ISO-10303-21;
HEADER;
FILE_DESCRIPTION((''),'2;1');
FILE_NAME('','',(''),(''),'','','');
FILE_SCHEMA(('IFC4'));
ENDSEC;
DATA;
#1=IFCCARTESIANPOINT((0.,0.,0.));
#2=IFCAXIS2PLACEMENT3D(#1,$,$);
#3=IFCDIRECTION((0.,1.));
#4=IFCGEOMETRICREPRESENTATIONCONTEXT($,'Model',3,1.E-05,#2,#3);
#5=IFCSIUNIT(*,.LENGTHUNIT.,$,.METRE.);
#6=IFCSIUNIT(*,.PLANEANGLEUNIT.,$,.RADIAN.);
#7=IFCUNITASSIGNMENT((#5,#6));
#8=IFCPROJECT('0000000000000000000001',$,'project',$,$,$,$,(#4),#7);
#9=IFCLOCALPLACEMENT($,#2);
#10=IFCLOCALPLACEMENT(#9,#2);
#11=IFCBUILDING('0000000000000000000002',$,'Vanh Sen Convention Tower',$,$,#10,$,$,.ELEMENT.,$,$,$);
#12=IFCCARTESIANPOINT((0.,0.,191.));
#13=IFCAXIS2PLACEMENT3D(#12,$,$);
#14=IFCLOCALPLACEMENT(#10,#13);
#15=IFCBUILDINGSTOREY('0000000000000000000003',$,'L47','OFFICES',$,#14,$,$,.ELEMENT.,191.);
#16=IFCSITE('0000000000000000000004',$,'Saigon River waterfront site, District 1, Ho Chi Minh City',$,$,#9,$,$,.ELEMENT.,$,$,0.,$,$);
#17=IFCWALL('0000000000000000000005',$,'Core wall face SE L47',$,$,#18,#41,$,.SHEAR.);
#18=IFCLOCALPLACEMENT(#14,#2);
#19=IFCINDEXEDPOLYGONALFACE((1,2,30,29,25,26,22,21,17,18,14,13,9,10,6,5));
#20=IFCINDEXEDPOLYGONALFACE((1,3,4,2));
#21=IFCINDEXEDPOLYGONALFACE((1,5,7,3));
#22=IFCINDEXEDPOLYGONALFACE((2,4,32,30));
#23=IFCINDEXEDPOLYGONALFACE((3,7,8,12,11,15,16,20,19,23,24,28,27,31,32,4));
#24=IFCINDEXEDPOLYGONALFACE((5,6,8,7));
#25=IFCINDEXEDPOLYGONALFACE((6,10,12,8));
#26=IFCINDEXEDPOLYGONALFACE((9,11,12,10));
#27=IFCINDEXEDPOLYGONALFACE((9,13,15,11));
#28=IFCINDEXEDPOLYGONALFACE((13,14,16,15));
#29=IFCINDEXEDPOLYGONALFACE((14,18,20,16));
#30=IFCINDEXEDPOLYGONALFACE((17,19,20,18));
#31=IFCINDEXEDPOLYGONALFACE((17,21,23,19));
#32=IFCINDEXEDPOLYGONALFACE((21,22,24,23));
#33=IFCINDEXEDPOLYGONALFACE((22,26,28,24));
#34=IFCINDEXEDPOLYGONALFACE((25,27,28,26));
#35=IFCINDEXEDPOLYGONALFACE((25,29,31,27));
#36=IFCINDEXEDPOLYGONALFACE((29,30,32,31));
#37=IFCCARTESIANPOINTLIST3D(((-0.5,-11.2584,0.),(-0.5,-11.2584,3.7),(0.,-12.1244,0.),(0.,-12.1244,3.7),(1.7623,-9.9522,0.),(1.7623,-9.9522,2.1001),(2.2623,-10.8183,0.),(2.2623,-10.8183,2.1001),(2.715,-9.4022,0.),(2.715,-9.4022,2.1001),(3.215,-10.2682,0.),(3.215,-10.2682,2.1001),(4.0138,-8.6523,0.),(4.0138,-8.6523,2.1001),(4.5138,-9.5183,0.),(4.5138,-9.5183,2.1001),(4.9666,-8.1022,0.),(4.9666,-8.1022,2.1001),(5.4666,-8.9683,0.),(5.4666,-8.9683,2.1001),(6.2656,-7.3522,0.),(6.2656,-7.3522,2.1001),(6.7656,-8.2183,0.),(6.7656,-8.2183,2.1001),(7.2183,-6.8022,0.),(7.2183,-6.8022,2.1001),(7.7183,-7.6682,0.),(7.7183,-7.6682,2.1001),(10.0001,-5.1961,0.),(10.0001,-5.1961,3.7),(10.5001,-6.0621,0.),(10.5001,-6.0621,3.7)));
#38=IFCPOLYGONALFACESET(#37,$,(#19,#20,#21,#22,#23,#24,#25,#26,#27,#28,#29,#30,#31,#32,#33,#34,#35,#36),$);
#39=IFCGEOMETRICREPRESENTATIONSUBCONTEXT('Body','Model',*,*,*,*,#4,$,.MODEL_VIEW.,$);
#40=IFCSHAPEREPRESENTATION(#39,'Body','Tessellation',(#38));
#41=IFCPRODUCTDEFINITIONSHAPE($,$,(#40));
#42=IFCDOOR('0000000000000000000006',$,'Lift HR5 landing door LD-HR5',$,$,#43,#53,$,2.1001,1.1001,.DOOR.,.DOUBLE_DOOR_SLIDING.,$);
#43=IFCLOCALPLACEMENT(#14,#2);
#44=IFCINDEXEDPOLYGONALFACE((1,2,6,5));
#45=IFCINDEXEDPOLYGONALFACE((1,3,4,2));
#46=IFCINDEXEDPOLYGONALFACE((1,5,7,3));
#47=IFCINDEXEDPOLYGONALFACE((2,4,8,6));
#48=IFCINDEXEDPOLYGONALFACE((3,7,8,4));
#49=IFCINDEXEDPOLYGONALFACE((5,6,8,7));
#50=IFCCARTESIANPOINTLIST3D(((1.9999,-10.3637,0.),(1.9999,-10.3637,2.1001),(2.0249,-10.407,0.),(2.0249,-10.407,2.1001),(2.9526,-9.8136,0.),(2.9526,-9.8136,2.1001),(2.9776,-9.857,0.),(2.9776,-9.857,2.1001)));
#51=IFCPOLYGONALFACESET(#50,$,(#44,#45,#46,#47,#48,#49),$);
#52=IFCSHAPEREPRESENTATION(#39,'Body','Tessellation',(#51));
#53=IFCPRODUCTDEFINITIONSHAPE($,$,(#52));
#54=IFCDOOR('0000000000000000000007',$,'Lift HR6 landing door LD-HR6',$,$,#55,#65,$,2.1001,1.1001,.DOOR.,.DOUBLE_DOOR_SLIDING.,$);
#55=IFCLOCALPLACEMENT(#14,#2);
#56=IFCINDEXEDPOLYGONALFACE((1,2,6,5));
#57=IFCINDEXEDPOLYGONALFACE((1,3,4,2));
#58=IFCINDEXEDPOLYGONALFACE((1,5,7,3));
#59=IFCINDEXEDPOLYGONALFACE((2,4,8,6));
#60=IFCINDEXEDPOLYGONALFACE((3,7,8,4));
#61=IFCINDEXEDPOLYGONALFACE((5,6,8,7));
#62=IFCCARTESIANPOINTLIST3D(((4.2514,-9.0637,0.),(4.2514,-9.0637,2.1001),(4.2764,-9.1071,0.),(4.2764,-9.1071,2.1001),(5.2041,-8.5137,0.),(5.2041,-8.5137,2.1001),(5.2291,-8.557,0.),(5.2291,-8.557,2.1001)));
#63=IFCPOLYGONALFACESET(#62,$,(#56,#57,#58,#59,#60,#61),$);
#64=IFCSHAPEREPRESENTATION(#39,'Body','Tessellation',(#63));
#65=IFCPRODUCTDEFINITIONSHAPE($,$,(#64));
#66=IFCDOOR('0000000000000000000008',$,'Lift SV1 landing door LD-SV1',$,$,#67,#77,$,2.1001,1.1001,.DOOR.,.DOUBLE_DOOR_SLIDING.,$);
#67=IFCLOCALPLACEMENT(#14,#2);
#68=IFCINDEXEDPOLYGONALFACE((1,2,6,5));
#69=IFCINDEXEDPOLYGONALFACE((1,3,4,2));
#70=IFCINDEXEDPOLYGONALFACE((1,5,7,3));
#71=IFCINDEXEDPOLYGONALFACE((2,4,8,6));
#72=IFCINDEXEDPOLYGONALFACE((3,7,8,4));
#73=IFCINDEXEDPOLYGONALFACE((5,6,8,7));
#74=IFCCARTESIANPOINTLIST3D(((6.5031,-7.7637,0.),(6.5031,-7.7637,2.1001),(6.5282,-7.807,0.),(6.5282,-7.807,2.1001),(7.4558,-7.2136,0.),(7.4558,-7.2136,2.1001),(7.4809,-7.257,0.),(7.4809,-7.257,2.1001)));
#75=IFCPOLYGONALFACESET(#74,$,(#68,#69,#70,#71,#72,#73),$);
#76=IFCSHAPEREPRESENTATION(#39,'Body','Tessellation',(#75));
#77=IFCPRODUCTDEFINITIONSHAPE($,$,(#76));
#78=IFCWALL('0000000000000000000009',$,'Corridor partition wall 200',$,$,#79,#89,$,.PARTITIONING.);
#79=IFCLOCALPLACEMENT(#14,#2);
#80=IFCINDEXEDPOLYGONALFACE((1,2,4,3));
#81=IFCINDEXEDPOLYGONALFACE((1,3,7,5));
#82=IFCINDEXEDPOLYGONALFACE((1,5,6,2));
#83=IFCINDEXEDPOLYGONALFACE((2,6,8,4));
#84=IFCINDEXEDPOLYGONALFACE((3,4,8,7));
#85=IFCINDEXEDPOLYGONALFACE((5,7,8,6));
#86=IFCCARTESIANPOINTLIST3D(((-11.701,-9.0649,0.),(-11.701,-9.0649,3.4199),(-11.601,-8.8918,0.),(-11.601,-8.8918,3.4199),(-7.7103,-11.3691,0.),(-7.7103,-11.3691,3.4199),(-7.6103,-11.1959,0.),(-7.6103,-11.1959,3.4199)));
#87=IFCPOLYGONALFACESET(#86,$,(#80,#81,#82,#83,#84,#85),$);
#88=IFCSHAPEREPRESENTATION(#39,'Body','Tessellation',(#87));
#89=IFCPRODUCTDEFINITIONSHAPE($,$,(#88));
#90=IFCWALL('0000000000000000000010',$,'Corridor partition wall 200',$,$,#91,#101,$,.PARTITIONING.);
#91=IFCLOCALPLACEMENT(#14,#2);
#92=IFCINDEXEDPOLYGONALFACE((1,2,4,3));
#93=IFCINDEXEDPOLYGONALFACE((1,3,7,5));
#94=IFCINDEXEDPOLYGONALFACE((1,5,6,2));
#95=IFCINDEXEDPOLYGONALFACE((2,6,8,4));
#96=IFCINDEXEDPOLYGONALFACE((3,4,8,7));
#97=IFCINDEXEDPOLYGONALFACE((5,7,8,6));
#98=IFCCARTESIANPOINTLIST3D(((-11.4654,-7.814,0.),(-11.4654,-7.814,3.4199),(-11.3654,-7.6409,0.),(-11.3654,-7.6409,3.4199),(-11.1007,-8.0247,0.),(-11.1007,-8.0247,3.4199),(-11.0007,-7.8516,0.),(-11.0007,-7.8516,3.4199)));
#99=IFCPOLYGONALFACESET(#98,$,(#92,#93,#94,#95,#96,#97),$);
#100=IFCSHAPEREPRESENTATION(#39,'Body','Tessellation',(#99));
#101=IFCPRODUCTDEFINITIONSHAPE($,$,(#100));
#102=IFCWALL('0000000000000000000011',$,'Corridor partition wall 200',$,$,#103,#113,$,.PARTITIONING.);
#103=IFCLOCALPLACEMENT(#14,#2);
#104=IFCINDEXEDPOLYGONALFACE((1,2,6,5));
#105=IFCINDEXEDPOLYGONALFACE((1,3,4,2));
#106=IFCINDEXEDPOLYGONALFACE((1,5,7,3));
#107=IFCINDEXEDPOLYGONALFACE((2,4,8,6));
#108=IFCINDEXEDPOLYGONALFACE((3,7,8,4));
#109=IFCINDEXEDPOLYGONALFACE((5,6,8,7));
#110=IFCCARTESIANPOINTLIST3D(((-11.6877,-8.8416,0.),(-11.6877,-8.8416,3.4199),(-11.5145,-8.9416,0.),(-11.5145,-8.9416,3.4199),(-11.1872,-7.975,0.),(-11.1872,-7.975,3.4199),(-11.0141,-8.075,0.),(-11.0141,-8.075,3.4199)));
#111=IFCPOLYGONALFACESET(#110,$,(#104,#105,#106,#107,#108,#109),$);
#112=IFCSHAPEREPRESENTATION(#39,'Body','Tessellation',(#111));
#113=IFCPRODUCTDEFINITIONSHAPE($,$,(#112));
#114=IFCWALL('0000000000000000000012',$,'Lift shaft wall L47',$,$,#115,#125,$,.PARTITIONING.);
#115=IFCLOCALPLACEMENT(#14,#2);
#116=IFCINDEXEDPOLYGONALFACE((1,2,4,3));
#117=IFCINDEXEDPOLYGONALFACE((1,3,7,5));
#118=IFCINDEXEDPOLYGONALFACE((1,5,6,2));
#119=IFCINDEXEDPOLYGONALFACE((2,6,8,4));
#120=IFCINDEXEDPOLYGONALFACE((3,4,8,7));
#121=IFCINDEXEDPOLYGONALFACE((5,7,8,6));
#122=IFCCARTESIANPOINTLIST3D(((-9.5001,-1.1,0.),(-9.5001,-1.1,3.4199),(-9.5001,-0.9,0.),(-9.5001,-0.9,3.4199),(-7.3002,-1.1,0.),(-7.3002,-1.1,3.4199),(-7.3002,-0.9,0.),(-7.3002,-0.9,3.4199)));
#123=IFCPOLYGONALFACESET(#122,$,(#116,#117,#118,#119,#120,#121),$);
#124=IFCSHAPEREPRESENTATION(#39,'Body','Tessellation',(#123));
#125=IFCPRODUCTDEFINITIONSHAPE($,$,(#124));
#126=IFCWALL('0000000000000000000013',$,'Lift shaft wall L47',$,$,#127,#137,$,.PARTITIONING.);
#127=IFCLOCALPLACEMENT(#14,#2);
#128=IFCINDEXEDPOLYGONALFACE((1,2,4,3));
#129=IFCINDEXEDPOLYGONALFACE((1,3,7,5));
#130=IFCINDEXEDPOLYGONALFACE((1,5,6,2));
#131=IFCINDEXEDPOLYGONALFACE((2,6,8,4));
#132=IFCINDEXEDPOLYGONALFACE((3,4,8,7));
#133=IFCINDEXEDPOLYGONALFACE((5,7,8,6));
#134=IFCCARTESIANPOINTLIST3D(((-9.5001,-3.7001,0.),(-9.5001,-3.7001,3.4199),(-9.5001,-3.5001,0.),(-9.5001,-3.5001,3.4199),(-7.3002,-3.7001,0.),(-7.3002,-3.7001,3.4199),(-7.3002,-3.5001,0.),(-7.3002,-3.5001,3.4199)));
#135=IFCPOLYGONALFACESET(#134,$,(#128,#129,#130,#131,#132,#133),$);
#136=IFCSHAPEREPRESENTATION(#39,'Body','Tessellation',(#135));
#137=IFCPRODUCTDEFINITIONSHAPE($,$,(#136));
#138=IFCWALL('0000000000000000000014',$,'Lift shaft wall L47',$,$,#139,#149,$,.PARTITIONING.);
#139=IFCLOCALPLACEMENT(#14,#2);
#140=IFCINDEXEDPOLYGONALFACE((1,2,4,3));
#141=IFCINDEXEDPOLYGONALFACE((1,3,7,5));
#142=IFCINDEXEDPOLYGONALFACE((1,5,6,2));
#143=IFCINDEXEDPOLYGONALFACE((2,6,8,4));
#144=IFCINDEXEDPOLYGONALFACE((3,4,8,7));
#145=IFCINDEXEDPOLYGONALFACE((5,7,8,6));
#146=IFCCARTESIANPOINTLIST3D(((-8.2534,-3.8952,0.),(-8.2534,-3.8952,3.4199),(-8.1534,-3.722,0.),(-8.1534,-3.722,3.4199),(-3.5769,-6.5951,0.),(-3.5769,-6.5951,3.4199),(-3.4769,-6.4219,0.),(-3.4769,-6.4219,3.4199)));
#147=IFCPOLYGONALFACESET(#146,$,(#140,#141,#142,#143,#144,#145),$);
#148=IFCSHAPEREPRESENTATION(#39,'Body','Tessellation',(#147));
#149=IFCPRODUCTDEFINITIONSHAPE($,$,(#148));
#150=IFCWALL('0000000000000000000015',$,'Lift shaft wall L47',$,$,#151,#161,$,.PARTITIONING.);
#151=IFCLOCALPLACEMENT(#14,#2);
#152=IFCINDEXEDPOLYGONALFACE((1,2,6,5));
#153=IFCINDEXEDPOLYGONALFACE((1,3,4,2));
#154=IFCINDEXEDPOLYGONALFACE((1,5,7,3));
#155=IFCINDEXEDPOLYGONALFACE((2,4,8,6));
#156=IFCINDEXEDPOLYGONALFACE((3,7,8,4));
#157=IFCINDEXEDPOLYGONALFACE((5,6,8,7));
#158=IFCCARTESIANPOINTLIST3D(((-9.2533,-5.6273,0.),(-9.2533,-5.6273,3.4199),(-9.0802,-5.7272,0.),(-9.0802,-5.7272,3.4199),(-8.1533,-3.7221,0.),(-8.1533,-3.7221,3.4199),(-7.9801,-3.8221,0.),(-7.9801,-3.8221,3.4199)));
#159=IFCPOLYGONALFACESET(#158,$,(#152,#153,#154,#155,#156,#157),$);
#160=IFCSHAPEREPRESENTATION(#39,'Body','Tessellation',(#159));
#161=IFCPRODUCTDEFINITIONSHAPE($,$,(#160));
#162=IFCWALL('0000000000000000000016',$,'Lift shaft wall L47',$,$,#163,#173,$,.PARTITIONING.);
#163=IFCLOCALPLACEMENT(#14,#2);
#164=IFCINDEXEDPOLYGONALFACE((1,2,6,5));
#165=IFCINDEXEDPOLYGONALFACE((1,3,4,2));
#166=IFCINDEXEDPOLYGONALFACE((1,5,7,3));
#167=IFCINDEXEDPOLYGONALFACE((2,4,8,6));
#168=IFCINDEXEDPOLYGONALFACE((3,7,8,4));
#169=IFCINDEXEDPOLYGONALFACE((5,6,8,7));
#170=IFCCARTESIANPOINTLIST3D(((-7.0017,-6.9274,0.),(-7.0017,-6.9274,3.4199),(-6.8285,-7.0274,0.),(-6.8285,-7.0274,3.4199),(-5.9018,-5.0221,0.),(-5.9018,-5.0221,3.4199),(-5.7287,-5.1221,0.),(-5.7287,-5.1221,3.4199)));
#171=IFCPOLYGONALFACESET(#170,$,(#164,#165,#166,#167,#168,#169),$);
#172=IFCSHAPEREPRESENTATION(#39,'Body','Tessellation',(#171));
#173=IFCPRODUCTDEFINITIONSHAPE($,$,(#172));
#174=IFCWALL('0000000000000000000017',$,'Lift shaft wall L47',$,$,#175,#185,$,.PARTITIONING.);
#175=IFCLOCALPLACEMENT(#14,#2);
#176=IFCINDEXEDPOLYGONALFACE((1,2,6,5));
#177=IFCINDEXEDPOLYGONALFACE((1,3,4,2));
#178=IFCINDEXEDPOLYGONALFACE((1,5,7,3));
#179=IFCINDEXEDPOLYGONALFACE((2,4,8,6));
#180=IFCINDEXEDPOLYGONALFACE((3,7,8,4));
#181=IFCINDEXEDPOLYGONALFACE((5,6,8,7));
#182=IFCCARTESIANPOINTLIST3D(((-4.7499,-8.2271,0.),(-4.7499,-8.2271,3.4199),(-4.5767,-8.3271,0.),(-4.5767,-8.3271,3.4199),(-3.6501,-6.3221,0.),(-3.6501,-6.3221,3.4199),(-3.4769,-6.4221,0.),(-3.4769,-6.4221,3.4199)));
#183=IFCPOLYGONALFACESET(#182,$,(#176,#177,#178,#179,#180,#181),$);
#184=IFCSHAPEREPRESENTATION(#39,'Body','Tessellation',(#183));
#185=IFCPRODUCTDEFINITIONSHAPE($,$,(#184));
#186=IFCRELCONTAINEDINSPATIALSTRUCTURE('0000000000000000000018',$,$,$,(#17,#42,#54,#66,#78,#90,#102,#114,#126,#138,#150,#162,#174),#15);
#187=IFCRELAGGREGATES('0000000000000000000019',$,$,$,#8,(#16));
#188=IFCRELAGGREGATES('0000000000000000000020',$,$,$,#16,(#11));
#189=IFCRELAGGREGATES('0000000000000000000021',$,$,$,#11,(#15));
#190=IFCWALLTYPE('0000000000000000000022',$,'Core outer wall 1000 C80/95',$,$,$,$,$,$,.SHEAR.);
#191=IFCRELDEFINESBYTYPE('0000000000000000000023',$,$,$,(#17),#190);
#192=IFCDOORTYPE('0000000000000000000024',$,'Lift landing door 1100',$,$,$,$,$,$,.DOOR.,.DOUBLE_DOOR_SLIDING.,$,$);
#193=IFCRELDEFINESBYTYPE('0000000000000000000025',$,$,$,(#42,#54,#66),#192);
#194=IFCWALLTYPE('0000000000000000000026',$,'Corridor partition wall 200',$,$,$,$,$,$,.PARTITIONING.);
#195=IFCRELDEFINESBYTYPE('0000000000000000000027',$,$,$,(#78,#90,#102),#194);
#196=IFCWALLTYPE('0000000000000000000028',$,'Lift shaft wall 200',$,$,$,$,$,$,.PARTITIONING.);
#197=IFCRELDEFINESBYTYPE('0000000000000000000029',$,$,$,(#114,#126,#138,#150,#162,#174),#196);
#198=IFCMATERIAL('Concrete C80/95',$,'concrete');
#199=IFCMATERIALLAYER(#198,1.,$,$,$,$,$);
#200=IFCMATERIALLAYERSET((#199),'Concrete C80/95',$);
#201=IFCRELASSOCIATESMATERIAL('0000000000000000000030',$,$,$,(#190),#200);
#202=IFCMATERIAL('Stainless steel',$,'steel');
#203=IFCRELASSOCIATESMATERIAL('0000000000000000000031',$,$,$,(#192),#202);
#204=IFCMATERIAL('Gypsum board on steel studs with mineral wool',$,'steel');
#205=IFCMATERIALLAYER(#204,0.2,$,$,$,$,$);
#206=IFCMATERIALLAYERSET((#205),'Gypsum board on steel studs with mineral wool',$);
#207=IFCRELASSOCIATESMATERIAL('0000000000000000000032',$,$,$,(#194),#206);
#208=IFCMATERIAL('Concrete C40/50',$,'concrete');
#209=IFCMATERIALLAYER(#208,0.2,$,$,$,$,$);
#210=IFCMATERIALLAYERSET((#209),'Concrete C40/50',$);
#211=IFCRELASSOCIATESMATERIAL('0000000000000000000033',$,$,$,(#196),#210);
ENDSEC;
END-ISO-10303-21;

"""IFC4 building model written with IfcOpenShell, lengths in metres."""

from ifc_helpers import new_model, si_unit, direction, frame, frame_2d, origin, place, context, subcontext, project, spatial, rectangle, extrude, material, layer, layer_set, type_object, element, fill, save


model = new_model("IFC4")

# Units and contexts
model_context = context("Model", 3, precision=1e-05, world=origin(), true_north=direction((0.0, 1.0)))
body_context = subcontext(model_context, "Body", "Model", "MODEL_VIEW")
ifc_project = project(units=[si_unit("LENGTHUNIT", "METRE"), si_unit("PLANEANGLEUNIT", "RADIAN")], contexts=[model_context])

# Site, building, storey
site_placement = place(None, origin())
site = spatial("IfcSite", under=ifc_project, at=site_placement, Name="Saigon River waterfront site, District 1, Ho Chi Minh City", CompositionType="ELEMENT", RefElevation=0.0)
building_placement = place(site_placement, origin())
building = spatial("IfcBuilding", under=site, at=building_placement, Name="Vanh Sen Convention Tower", CompositionType="ELEMENT")
storey_placement = place(building_placement, frame((0.0, 0.0, 191.0)))
storey = spatial("IfcBuildingStorey", under=building, at=storey_placement, Name="L47", Description="OFFICES", CompositionType="ELEMENT", Elevation=191.0)

# Shared definitions
ifc_material_1 = material(Name="Concrete C40/50", Category="concrete")

# Wall, openings, doors
ifc_material_2 = material(Name="Concrete C80/95", Category="concrete")
ifc_layer_1 = layer(ifc_material_2, 1.0)
ifc_layer_set_1 = layer_set([ifc_layer_1], Name="Concrete C80/95")
wall_type_1 = type_object("IfcWallType", Name="Core outer wall 1000 C80/95", PredefinedType="SHEAR", material=ifc_layer_set_1)
ifc_material_3 = material(Name="Stainless steel", Category="steel")
door_type_1 = type_object("IfcDoorType", Name="Lift landing door 1100", OperationType="DOUBLE_DOOR_SLIDING", PredefinedType="DOOR", material=ifc_material_3)
wall_1_placement = place(storey_placement, frame((-0.25, -11.6914, 0.0), z_axis=(0.0, 0.0, 1.0), x_axis=(0.866023, 0.500005, 0.0)))
wall_1 = element("IfcWall", 1, at=wall_1_placement, inside=storey, type_object=wall_type_1, Name="Core wall face SE L47", PredefinedType="SHEAR", context=body_context, shape_type="SweptSolid", body=[
    extrude(rectangle(XDim=12.1245, YDim=1.0, at=frame_2d((6.0623, 0.0))), origin(), (0.0, 0.0, 1.0), 3.7),
])
opening_1_placement = place(wall_1_placement, frame((2.6123, 0.0, 0.0)))
opening_1 = element("IfcOpeningElement", 2, at=opening_1_placement, cuts=wall_1, PredefinedType="OPENING", context=body_context, shape_type="SweptSolid", body=[
    extrude(rectangle(XDim=1.1001, YDim=2.1001, at=frame_2d((0.55, 1.05))), frame((0.0, 0.51, 0.0), z_axis=(0.0, -1.0, 0.0), x_axis=(1.0, 0.0, 0.0)), (0.0, 0.0, 1.0), 1.02),
])
opening_2_placement = place(wall_1_placement, frame((5.2122, 0.0, 0.0)))
opening_2 = element("IfcOpeningElement", 3, at=opening_2_placement, cuts=wall_1, PredefinedType="OPENING", context=body_context, shape_type="SweptSolid", body=[
    extrude(rectangle(XDim=1.1001, YDim=2.1001, at=frame_2d((0.55, 1.05))), frame((0.0, 0.51, 0.0), z_axis=(0.0, -1.0, 0.0), x_axis=(1.0, 0.0, 0.0)), (0.0, 0.0, 1.0), 1.02),
])
opening_3_placement = place(wall_1_placement, frame((7.8123, 0.0, 0.0)))
opening_3 = element("IfcOpeningElement", 4, at=opening_3_placement, cuts=wall_1, PredefinedType="OPENING", context=body_context, shape_type="SweptSolid", body=[
    extrude(rectangle(XDim=1.1001, YDim=2.1001, at=frame_2d((0.55, 1.05))), frame((0.0, 0.51, 0.0), z_axis=(0.0, -1.0, 0.0), x_axis=(1.0, 0.0, 0.0)), (0.0, 0.0, 1.0), 1.02),
])
door_1_placement = place(opening_1_placement, origin())
door_1 = element("IfcDoor", 5, at=door_1_placement, inside=storey, type_object=door_type_1, Name="Lift HR5 landing door LD-HR5", OperationType="DOUBLE_DOOR_SLIDING", OverallHeight=2.1001, OverallWidth=1.1001, PredefinedType="DOOR", context=body_context, shape_type="SweptSolid", body=[
    extrude(rectangle(XDim=1.1001, YDim=2.1001, at=frame_2d((0.55, 1.05))), frame((0.0, 0.0249, 0.0), z_axis=(0.0, -1.0, 0.0), x_axis=(1.0, 0.0, 0.0)), (0.0, 0.0, 1.0), 0.05),
])
fill(opening_1, door_1)
door_2_placement = place(opening_2_placement, origin())
door_2 = element("IfcDoor", 6, at=door_2_placement, inside=storey, type_object=door_type_1, Name="Lift HR6 landing door LD-HR6", OperationType="DOUBLE_DOOR_SLIDING", OverallHeight=2.1001, OverallWidth=1.1001, PredefinedType="DOOR", context=body_context, shape_type="SweptSolid", body=[
    extrude(rectangle(XDim=1.1001, YDim=2.1001, at=frame_2d((0.55, 1.05))), frame((0.0, 0.0249, 0.0), z_axis=(0.0, -1.0, 0.0), x_axis=(1.0, 0.0, 0.0)), (0.0, 0.0, 1.0), 0.05),
])
fill(opening_2, door_2)
door_3_placement = place(opening_3_placement, origin())
door_3 = element("IfcDoor", 7, at=door_3_placement, inside=storey, type_object=door_type_1, Name="Lift SV1 landing door LD-SV1", OperationType="DOUBLE_DOOR_SLIDING", OverallHeight=2.1001, OverallWidth=1.1001, PredefinedType="DOOR", context=body_context, shape_type="SweptSolid", body=[
    extrude(rectangle(XDim=1.1001, YDim=2.1001, at=frame_2d((0.55, 1.05))), frame((0.0, 0.0249, 0.0), z_axis=(0.0, -1.0, 0.0), x_axis=(1.0, 0.0, 0.0)), (0.0, 0.0, 1.0), 0.05),
])
fill(opening_3, door_3)

# Walls
ifc_material_4 = material(Name="Gypsum board on steel studs with mineral wool", Category="steel")
ifc_layer_2 = layer(ifc_material_4, 0.2)
ifc_layer_set_2 = layer_set([ifc_layer_2], Name="Gypsum board on steel studs with mineral wool")
wall_type_2 = type_object("IfcWallType", Name="Corridor partition wall 200", PredefinedType="PARTITIONING", material=ifc_layer_set_2)
wall_2_placement = place(storey_placement, frame((-11.6511, -8.9783, 0.0), z_axis=(0.0, 0.0, 1.0), x_axis=(0.866011, -0.500025, 0.0)))
element("IfcWall", 8, at=wall_2_placement, inside=storey, type_object=wall_type_2, Name="Corridor partition wall 200", PredefinedType="PARTITIONING", context=body_context, shape_type="SweptSolid", body=[
    extrude(rectangle(XDim=4.6082, YDim=0.2, at=frame_2d((2.3042, 0.0))), origin(), (0.0, 0.0, 1.0), 3.4199),
])
wall_3_placement = place(storey_placement, frame((-11.4153, -7.7275, 0.0), z_axis=(0.0, 0.0, 1.0), x_axis=(0.865915, -0.500191, 0.0)))
element("IfcWall", 9, at=wall_3_placement, inside=storey, type_object=wall_type_2, Name="Corridor partition wall 200", PredefinedType="PARTITIONING", context=body_context, shape_type="SweptSolid", body=[
    extrude(rectangle(XDim=0.4211, YDim=0.2, at=frame_2d((0.2104, 0.0))), origin(), (0.0, 0.0, 1.0), 3.4199),
])
wall_4_placement = place(storey_placement, frame((-11.1006, -8.0249, 0.0), z_axis=(0.0, 0.0, 1.0), x_axis=(-0.500074, -0.865982, 0.0)))
element("IfcWall", 10, at=wall_4_placement, inside=storey, type_object=wall_type_2, Name="Corridor partition wall 200", PredefinedType="PARTITIONING", context=body_context, shape_type="SweptSolid", body=[
    extrude(rectangle(XDim=1.0007, YDim=0.2, at=frame_2d((0.5005, 0.0))), origin(), (0.0, 0.0, 1.0), 3.4199),
])
ifc_layer_3 = layer(ifc_material_1, 0.2)
ifc_layer_set_3 = layer_set([ifc_layer_3], Name="Concrete C40/50")
wall_type_3 = type_object("IfcWallType", Name="Lift shaft wall 200", PredefinedType="PARTITIONING", material=ifc_layer_set_3)
for number, where, z_axis, x_axis, name in (
    (11, (-7.3, -1.0, 0.0), (0.0, 0.0, 1.0), (-1.0, 0.0, 0.0), "Lift shaft wall L47"),
    (12, (-7.3, -3.6001, 0.0), (0.0, 0.0, 1.0), (-1.0, 0.0, 0.0), "Lift shaft wall L47"),
):
    element("IfcWall", number, at=place(storey_placement, frame(where, z_axis=z_axis, x_axis=x_axis)), inside=storey, type_object=wall_type_3, Name=name, PredefinedType="PARTITIONING", context=body_context, shape_type="SweptSolid", body=[
        extrude(rectangle(XDim=2.2, YDim=0.2, at=frame_2d((1.1001, 0.0))), origin(), (0.0, 0.0, 1.0), 3.4199),
    ])
wall_5_placement = place(storey_placement, frame((-8.2034, -3.8086, 0.0), z_axis=(0.0, 0.0, 1.0), x_axis=(0.866028, -0.499995, 0.0)))
element("IfcWall", 13, at=wall_5_placement, inside=storey, type_object=wall_type_3, Name="Lift shaft wall L47", PredefinedType="PARTITIONING", context=body_context, shape_type="SweptSolid", body=[
    extrude(rectangle(XDim=5.3999, YDim=0.2, at=frame_2d((2.7, 0.0))), origin(), (0.0, 0.0, 1.0), 3.4199),
])
for number, where, z_axis, x_axis, name in (
    (14, (-8.0667, -3.772, 0.0), (0.0, 0.0, 1.0), (-0.50003, -0.866008, 0.0), "Lift shaft wall L47"),
    (15, (-5.8152, -5.072, 0.0), (0.0, 0.0, 1.0), (-0.499947, -0.866056, 0.0), "Lift shaft wall L47"),
):
    element("IfcWall", number, at=place(storey_placement, frame(where, z_axis=z_axis, x_axis=x_axis)), inside=storey, type_object=wall_type_3, Name=name, PredefinedType="PARTITIONING", context=body_context, shape_type="SweptSolid", body=[
        extrude(rectangle(XDim=2.2, YDim=0.2, at=frame_2d((1.1001, 0.0))), origin(), (0.0, 0.0, 1.0), 3.4199),
    ])
wall_6_placement = place(storey_placement, frame((-3.5635, -6.3721, 0.0), z_axis=(0.0, 0.0, 1.0), x_axis=(-0.499995, -0.866028, 0.0)))
element("IfcWall", 16, at=wall_6_placement, inside=storey, type_object=wall_type_3, Name="Lift shaft wall L47", PredefinedType="PARTITIONING", context=body_context, shape_type="SweptSolid", body=[
    extrude(rectangle(XDim=2.1997, YDim=0.2, at=frame_2d((1.0999, 0.0))), origin(), (0.0, 0.0, 1.0), 3.4199),
])

save(model, "model.ifc")
